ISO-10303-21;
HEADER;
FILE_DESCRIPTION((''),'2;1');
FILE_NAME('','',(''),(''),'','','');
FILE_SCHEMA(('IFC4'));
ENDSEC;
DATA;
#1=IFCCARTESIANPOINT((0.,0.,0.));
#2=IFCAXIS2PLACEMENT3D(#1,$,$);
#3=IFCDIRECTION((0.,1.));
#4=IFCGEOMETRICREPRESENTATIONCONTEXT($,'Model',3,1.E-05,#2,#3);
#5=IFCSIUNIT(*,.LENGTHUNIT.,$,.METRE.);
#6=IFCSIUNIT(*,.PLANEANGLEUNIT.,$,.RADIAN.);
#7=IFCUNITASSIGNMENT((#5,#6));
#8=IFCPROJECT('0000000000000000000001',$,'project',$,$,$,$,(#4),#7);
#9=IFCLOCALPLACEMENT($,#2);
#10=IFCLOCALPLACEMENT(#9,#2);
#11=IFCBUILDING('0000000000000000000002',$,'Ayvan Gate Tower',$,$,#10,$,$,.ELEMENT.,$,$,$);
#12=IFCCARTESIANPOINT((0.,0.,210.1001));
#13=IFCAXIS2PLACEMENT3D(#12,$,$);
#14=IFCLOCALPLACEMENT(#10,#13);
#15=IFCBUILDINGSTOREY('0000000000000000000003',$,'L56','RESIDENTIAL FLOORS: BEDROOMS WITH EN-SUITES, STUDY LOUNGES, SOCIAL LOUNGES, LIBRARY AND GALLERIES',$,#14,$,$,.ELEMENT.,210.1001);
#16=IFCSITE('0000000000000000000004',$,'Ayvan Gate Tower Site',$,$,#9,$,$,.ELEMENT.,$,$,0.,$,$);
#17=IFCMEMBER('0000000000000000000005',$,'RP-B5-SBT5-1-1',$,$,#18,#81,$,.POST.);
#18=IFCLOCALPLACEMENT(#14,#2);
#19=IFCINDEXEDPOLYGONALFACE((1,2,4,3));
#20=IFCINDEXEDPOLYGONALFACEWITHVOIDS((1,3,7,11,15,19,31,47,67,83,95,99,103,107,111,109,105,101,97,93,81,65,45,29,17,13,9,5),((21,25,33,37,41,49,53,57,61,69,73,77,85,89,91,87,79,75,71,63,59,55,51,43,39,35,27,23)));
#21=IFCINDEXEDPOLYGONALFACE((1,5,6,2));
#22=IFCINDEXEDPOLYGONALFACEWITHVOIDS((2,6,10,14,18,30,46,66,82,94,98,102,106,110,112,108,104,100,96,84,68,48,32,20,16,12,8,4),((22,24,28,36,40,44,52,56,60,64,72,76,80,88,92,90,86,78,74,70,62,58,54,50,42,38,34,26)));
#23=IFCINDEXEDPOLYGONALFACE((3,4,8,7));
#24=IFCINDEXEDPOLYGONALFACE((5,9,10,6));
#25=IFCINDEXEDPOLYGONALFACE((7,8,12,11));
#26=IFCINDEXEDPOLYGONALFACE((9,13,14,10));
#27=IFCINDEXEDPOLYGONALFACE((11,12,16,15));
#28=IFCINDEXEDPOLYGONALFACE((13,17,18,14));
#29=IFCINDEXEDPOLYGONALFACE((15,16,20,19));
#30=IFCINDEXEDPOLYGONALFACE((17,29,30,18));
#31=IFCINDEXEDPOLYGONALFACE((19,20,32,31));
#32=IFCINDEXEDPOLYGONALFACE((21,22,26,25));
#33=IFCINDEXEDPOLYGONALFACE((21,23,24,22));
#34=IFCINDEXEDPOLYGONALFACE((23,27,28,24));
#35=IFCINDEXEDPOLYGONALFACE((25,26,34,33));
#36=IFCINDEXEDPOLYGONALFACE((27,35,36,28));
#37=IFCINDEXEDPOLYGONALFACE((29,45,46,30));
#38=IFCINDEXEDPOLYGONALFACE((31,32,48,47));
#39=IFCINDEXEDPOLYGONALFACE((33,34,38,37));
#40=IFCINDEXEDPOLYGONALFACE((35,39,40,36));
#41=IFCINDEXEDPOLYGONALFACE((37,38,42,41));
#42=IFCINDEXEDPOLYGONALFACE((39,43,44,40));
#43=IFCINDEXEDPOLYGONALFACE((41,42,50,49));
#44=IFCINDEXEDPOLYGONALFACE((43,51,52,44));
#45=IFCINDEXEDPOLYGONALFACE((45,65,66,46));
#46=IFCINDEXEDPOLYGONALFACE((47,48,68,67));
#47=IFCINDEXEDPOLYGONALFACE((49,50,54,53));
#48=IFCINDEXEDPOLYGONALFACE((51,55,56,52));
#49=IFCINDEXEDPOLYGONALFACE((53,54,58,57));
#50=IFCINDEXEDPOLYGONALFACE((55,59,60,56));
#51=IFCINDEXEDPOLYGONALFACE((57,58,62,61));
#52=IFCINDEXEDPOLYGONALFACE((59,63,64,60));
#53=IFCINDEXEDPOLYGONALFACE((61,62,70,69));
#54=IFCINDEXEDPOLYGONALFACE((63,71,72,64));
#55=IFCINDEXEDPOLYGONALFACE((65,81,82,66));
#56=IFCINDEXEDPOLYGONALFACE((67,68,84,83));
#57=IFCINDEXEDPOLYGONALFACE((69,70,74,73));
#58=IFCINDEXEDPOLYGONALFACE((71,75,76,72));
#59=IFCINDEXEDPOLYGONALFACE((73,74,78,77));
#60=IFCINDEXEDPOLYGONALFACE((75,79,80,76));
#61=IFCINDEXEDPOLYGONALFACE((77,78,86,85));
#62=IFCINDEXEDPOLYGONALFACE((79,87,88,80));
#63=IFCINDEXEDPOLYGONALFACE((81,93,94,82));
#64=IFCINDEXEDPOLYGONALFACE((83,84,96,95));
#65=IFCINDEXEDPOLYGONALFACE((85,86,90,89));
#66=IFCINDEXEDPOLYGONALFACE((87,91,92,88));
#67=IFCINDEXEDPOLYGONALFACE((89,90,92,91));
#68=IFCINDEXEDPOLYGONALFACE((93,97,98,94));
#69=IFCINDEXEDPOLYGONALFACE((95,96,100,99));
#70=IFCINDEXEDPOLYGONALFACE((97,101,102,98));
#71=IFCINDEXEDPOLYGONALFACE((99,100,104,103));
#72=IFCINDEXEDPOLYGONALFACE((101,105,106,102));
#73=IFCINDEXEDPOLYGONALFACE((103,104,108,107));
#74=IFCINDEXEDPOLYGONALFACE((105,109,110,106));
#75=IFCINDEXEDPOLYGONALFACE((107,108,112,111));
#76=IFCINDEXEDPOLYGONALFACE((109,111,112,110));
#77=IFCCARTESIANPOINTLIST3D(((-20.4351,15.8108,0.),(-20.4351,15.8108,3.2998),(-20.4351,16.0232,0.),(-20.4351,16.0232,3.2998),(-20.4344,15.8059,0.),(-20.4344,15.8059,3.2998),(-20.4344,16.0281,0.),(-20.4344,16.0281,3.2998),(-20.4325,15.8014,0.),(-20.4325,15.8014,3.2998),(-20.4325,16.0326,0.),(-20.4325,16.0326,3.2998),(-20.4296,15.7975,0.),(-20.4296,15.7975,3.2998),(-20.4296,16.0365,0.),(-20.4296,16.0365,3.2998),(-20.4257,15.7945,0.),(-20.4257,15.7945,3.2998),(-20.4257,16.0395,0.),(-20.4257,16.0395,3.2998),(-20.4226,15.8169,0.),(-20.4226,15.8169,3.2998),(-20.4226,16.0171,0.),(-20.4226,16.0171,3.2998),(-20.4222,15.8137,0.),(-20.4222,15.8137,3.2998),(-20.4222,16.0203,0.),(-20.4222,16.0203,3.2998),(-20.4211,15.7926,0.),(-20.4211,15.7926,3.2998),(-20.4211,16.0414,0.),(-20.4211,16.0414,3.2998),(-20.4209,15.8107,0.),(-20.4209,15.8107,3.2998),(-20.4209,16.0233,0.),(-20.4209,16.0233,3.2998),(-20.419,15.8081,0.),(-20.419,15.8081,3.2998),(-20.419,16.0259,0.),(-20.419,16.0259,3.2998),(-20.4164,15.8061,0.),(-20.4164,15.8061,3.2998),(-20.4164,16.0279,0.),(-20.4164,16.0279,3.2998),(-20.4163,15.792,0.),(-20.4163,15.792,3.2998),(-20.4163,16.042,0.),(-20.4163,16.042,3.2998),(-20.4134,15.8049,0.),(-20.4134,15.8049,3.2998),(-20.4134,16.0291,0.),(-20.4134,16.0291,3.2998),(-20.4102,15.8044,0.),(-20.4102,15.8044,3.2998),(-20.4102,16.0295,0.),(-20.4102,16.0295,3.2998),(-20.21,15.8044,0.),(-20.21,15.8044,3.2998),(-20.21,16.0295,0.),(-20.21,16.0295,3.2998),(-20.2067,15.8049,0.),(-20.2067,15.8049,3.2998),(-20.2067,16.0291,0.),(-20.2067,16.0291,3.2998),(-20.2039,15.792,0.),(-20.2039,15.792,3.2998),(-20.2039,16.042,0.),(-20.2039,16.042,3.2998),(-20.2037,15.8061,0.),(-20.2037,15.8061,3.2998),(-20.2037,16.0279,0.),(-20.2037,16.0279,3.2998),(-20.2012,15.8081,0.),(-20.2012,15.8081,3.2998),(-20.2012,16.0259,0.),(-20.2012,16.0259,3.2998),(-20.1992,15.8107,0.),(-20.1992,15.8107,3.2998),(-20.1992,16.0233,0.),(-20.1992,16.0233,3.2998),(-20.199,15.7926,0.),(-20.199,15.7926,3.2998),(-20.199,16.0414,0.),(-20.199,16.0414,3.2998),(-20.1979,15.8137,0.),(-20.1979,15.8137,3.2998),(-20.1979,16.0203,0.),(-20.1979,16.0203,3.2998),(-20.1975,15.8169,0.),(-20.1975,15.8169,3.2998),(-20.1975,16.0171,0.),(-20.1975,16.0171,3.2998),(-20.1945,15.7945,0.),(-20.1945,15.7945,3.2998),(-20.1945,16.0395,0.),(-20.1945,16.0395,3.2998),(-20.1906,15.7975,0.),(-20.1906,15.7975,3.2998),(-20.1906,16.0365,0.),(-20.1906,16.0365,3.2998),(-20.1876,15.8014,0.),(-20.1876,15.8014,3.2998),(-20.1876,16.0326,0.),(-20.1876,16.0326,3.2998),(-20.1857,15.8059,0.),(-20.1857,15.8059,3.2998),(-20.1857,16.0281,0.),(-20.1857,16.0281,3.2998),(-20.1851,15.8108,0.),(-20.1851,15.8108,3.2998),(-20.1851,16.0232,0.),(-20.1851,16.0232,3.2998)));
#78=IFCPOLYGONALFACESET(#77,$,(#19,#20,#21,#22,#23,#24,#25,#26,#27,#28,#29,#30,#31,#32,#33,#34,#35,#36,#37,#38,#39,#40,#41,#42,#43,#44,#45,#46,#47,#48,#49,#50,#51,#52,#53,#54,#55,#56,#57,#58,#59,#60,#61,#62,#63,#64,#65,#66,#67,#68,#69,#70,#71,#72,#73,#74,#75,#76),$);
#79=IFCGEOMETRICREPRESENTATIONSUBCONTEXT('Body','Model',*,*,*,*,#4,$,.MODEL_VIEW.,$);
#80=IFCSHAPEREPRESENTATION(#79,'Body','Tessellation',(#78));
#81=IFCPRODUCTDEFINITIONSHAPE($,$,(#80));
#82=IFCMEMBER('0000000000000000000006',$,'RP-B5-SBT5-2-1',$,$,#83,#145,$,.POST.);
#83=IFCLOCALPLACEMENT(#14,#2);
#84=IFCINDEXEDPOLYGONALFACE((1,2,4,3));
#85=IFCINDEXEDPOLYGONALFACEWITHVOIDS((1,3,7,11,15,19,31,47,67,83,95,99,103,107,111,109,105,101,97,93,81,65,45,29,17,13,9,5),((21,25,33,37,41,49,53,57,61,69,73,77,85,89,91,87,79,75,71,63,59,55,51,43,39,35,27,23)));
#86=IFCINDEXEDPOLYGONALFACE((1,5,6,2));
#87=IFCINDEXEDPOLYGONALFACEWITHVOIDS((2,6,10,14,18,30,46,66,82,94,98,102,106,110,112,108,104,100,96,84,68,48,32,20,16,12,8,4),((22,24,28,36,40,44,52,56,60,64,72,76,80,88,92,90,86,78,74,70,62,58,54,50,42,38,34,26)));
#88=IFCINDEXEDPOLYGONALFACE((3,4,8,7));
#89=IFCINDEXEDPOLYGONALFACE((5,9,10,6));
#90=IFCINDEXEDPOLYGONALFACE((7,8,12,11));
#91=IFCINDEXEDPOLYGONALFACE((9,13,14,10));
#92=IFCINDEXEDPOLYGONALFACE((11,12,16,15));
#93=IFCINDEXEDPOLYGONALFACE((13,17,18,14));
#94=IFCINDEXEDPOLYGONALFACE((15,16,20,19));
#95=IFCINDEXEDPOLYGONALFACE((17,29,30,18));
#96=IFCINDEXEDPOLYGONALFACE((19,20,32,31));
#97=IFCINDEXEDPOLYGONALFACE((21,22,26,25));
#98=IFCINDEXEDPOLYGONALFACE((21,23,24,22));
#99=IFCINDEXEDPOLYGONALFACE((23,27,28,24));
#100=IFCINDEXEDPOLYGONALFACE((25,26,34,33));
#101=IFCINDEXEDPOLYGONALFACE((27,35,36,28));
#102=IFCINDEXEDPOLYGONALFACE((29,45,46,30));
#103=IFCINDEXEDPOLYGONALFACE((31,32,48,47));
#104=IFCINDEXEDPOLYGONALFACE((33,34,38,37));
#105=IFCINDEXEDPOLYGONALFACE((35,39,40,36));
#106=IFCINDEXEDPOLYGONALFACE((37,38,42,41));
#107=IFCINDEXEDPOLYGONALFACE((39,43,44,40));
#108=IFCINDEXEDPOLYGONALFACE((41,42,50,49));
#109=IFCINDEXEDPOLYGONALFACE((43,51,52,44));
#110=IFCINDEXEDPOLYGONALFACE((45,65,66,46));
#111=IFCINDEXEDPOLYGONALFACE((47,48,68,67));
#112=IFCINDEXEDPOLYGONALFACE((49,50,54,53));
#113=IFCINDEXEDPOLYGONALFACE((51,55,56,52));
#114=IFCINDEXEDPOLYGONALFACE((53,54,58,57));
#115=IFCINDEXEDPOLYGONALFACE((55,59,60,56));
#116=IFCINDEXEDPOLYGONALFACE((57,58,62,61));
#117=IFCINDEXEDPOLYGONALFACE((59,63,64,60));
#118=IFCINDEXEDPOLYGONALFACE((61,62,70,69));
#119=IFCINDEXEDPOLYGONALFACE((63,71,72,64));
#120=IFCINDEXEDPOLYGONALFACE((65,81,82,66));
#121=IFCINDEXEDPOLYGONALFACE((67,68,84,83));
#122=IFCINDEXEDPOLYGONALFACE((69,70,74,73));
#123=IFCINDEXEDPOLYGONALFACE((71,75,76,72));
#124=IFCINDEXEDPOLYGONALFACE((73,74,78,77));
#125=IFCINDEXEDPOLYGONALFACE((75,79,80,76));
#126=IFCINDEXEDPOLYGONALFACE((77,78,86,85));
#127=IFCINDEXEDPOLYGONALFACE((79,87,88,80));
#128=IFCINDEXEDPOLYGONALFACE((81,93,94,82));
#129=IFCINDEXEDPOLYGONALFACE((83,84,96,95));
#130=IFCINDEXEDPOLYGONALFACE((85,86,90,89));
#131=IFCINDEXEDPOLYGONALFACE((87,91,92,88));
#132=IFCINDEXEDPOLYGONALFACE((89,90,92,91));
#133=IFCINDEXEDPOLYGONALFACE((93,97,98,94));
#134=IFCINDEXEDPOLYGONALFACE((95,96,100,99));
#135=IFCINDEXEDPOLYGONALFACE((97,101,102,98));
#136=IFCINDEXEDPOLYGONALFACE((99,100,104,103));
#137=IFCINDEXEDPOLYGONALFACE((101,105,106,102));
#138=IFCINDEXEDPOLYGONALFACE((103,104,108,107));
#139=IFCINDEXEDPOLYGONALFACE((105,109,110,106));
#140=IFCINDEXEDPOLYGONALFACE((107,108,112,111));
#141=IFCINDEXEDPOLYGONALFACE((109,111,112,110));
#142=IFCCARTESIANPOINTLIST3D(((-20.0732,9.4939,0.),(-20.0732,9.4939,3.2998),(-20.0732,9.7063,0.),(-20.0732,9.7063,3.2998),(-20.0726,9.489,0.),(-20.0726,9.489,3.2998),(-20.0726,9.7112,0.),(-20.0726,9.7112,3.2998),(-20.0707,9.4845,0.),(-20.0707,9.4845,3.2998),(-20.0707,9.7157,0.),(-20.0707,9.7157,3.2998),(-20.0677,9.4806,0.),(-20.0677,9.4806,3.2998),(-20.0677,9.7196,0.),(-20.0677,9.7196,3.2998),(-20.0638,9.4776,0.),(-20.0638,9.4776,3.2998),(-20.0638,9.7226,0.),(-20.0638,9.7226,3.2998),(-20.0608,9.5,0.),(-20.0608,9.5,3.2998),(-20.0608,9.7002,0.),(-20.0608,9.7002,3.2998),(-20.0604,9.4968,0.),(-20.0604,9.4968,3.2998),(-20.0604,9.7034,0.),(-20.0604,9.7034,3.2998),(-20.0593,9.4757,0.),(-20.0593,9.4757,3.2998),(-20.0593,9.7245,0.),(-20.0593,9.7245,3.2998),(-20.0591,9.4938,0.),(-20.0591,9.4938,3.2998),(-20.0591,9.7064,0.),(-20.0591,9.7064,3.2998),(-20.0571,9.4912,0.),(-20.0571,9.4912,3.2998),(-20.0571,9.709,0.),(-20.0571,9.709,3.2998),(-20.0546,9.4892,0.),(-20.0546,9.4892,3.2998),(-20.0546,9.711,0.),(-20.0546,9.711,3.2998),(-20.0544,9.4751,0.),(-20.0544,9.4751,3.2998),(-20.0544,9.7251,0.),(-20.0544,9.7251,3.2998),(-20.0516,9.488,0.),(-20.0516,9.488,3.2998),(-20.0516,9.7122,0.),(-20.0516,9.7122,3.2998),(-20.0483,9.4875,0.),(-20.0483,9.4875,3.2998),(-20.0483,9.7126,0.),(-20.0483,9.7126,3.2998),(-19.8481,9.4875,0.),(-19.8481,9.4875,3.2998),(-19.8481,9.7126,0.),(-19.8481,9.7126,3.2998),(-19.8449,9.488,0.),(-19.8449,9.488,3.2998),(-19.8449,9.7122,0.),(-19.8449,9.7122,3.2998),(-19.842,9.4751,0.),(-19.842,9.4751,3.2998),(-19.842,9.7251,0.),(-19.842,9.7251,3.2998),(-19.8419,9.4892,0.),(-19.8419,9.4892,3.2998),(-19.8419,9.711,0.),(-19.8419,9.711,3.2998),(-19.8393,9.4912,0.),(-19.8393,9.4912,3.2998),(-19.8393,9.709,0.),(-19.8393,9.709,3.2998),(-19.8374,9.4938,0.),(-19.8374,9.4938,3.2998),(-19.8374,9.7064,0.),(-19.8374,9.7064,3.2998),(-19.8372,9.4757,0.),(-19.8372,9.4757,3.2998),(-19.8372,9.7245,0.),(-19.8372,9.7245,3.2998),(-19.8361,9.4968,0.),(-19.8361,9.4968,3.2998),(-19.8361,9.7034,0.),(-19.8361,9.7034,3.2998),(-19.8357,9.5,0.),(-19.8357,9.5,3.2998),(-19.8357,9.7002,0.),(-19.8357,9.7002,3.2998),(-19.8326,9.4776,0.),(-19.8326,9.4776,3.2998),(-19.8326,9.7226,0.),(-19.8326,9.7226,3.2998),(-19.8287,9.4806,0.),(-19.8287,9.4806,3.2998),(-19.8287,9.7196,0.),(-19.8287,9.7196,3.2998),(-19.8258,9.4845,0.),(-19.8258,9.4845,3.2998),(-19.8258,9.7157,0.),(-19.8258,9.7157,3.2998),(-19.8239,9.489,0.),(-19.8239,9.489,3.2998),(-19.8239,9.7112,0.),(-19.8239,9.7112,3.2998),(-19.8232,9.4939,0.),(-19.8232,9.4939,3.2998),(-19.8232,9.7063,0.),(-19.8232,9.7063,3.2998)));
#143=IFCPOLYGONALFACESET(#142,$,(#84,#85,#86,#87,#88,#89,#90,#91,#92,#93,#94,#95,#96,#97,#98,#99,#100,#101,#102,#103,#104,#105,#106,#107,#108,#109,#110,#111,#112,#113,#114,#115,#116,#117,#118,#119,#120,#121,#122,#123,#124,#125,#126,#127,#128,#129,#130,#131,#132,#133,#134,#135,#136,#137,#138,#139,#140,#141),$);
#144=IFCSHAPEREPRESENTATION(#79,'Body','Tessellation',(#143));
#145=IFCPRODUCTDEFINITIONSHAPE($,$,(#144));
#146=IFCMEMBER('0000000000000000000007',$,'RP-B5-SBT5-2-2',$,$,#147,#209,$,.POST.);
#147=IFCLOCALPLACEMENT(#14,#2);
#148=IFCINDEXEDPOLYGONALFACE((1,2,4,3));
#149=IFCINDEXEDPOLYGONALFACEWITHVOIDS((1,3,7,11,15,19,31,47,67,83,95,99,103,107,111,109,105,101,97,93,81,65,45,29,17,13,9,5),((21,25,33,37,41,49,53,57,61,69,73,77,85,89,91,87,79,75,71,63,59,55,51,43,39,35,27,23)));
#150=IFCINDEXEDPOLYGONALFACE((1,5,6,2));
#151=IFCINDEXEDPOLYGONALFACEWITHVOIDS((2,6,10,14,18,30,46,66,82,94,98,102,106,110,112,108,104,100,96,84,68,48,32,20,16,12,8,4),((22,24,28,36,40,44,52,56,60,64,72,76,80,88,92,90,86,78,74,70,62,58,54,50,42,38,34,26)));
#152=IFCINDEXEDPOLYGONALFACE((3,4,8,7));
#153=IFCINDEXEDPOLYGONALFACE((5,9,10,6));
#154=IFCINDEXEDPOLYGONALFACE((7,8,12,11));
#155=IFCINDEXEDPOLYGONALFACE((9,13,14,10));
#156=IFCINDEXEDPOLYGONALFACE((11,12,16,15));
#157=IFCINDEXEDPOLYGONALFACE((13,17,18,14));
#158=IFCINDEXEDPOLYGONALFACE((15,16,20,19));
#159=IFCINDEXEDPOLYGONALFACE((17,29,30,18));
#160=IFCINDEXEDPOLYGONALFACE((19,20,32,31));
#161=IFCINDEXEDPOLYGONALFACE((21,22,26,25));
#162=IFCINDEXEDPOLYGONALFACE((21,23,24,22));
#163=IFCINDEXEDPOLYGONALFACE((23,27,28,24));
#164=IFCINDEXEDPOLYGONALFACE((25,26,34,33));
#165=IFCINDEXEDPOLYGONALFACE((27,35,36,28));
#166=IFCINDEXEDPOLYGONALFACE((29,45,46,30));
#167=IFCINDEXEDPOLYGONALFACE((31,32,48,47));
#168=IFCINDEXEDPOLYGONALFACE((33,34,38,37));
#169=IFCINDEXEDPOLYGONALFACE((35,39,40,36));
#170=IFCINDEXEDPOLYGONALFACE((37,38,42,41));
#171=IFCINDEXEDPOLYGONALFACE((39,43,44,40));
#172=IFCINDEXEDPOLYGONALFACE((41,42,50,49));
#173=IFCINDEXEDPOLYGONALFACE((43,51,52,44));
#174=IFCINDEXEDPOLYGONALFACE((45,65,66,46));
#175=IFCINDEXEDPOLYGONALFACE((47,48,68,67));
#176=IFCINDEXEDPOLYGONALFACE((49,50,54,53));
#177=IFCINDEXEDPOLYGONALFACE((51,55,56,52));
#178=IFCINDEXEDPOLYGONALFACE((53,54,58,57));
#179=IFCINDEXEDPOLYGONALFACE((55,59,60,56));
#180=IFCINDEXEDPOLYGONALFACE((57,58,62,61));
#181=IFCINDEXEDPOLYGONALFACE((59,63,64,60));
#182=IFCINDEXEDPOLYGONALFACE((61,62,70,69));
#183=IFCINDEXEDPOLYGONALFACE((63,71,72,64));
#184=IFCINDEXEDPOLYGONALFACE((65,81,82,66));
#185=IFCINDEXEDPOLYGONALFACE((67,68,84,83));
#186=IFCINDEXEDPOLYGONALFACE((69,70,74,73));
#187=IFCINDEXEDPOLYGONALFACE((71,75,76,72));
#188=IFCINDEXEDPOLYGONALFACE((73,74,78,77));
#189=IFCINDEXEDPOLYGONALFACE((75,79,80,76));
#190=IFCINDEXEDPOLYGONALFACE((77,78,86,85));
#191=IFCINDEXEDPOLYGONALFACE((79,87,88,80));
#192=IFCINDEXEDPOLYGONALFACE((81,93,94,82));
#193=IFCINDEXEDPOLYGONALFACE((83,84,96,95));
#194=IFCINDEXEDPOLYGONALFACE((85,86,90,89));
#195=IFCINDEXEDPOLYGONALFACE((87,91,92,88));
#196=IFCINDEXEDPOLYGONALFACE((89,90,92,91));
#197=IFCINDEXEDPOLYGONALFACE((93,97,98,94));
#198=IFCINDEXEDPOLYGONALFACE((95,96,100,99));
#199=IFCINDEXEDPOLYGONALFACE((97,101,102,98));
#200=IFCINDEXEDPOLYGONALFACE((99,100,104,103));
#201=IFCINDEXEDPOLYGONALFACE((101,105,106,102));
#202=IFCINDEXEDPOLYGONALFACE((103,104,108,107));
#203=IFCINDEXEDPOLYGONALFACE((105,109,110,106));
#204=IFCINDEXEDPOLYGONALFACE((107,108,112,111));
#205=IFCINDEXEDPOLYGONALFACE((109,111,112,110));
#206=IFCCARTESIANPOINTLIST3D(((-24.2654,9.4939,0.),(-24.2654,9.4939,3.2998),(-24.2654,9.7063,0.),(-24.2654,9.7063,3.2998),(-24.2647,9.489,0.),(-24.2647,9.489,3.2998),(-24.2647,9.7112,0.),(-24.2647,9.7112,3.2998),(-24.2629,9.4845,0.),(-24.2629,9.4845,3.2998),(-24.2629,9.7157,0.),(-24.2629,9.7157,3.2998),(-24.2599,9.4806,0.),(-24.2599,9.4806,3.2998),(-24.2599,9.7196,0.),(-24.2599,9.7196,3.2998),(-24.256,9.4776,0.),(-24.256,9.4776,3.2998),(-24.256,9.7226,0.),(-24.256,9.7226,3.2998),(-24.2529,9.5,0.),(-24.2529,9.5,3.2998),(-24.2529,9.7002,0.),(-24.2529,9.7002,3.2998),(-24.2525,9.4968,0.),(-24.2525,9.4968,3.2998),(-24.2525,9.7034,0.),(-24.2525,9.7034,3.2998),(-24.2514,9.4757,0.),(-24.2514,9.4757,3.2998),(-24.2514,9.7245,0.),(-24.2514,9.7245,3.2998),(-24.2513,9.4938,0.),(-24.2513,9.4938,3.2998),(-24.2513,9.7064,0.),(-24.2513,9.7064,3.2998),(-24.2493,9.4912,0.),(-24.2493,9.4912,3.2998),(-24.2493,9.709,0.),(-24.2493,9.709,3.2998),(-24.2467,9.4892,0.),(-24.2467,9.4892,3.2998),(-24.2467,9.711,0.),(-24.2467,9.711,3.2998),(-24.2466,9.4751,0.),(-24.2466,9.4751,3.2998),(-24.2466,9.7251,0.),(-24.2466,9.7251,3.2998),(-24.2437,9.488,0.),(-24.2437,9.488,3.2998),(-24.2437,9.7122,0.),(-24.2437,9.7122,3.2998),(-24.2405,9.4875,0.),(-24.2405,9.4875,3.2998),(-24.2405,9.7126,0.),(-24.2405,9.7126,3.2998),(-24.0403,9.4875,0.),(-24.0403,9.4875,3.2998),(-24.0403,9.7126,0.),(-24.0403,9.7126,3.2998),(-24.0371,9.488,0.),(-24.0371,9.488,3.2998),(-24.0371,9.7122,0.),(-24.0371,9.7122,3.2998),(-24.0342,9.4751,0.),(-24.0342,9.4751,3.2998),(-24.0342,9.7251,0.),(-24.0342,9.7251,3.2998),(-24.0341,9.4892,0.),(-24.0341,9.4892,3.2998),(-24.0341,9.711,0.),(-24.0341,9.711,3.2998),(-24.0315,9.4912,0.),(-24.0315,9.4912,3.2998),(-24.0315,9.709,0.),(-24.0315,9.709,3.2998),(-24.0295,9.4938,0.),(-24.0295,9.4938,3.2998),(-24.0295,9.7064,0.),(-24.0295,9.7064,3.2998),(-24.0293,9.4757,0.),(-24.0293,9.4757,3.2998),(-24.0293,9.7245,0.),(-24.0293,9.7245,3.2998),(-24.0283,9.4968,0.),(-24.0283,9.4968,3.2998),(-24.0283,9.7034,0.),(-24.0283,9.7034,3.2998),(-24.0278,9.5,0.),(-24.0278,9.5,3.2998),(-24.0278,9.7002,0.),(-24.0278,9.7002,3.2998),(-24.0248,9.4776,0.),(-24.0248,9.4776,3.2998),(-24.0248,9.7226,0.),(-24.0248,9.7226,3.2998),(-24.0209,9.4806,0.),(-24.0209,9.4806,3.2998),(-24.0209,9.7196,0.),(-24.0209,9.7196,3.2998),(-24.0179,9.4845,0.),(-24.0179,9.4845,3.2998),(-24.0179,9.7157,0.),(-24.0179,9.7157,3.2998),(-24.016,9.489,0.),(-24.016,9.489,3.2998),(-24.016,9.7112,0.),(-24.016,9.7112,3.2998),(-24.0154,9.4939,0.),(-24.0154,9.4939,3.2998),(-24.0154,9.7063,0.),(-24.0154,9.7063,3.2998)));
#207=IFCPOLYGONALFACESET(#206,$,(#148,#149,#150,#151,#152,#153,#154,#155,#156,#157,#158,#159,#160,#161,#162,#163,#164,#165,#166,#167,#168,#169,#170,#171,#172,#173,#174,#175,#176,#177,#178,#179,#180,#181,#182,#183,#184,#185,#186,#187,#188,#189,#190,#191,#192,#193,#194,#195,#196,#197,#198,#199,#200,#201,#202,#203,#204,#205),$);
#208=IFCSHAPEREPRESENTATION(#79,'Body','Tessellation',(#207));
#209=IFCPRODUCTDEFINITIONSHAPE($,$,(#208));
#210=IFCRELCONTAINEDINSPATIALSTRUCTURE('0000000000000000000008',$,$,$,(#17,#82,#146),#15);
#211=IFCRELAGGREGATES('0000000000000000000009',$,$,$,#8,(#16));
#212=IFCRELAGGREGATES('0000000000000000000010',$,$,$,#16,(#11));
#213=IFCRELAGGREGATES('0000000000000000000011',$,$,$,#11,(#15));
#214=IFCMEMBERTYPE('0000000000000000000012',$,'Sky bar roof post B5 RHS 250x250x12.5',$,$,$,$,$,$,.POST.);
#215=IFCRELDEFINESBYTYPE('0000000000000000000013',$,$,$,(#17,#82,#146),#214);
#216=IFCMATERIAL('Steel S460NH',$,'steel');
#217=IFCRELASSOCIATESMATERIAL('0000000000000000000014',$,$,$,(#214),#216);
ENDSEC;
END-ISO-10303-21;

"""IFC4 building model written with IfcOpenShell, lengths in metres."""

from ifc_helpers import new_model, si_unit, direction, frame, origin, origin_2d, place, context, subcontext, project, spatial, hollow_rectangle, extrude, material, material_profile, profile_set, type_object, element, save


model = new_model("IFC4")

# Units and contexts
model_context = context("Model", 3, precision=1e-05, world=origin(), true_north=direction((0.0, 1.0)))
body_context = subcontext(model_context, "Body", "Model", "MODEL_VIEW")
ifc_project = project(units=[si_unit("LENGTHUNIT", "METRE"), si_unit("PLANEANGLEUNIT", "RADIAN")], contexts=[model_context])

# Site, building, storey
site_placement = place(None, origin())
site = spatial("IfcSite", under=ifc_project, at=site_placement, Name="Ayvan Gate Tower Site", CompositionType="ELEMENT", RefElevation=0.0)
building_placement = place(site_placement, origin())
building = spatial("IfcBuilding", under=site, at=building_placement, Name="Ayvan Gate Tower", CompositionType="ELEMENT")
storey_placement = place(building_placement, frame((0.0, 0.0, 210.1001)))
storey = spatial("IfcBuildingStorey", under=building, at=storey_placement, Name="L56", Description="RESIDENTIAL FLOORS: BEDROOMS WITH EN-SUITES, STUDY LOUNGES, SOCIAL LOUNGES, LIBRARY AND GALLERIES", CompositionType="ELEMENT", Elevation=210.1001)

# Members
ifc_material_1 = material(Name="Steel S460NH", Category="steel")
ifc_material_profile_1 = material_profile(ifc_material_1, hollow_rectangle(XDim=0.25, YDim=0.25, WallThickness=0.0125, InnerFilletRadius=0.0125, OuterFilletRadius=0.0188, at=origin_2d()), Name="RHS 250x250x12.5")
ifc_profile_set_1 = profile_set([ifc_material_profile_1], Name="Steel S460NH")
member_type_1 = type_object("IfcMemberType", Name="Sky bar roof post B5 RHS 250x250x12.5", PredefinedType="POST", material=ifc_profile_set_1)
for number, where, z_axis, x_axis, name in (
    (1, (-20.3101, 15.917, 0.0), (0.0, 0.0, 1.0), (1.0, 0.0, 0.0), "RP-B5-SBT5-1-1"),
    (2, (-19.9482, 9.6001, 0.0), (0.0, 0.0, 1.0), (1.0, 0.0, 0.0), "RP-B5-SBT5-2-1"),
    (3, (-24.1404, 9.6001, 0.0), (0.0, 0.0, 1.0), (1.0, 0.0, 0.0), "RP-B5-SBT5-2-2"),
):
    element("IfcMember", number, at=place(storey_placement, frame(where, z_axis=z_axis, x_axis=x_axis)), inside=storey, type_object=member_type_1, Name=name, PredefinedType="POST", context=body_context, shape_type="SweptSolid", body=[
        extrude(hollow_rectangle(XDim=0.25, YDim=0.25, WallThickness=0.0125, InnerFilletRadius=0.0125, OuterFilletRadius=0.0188, at=origin_2d()), origin(), (0.0, 0.0, 1.0), 3.2998),
    ])

save(model, "model.ifc")
